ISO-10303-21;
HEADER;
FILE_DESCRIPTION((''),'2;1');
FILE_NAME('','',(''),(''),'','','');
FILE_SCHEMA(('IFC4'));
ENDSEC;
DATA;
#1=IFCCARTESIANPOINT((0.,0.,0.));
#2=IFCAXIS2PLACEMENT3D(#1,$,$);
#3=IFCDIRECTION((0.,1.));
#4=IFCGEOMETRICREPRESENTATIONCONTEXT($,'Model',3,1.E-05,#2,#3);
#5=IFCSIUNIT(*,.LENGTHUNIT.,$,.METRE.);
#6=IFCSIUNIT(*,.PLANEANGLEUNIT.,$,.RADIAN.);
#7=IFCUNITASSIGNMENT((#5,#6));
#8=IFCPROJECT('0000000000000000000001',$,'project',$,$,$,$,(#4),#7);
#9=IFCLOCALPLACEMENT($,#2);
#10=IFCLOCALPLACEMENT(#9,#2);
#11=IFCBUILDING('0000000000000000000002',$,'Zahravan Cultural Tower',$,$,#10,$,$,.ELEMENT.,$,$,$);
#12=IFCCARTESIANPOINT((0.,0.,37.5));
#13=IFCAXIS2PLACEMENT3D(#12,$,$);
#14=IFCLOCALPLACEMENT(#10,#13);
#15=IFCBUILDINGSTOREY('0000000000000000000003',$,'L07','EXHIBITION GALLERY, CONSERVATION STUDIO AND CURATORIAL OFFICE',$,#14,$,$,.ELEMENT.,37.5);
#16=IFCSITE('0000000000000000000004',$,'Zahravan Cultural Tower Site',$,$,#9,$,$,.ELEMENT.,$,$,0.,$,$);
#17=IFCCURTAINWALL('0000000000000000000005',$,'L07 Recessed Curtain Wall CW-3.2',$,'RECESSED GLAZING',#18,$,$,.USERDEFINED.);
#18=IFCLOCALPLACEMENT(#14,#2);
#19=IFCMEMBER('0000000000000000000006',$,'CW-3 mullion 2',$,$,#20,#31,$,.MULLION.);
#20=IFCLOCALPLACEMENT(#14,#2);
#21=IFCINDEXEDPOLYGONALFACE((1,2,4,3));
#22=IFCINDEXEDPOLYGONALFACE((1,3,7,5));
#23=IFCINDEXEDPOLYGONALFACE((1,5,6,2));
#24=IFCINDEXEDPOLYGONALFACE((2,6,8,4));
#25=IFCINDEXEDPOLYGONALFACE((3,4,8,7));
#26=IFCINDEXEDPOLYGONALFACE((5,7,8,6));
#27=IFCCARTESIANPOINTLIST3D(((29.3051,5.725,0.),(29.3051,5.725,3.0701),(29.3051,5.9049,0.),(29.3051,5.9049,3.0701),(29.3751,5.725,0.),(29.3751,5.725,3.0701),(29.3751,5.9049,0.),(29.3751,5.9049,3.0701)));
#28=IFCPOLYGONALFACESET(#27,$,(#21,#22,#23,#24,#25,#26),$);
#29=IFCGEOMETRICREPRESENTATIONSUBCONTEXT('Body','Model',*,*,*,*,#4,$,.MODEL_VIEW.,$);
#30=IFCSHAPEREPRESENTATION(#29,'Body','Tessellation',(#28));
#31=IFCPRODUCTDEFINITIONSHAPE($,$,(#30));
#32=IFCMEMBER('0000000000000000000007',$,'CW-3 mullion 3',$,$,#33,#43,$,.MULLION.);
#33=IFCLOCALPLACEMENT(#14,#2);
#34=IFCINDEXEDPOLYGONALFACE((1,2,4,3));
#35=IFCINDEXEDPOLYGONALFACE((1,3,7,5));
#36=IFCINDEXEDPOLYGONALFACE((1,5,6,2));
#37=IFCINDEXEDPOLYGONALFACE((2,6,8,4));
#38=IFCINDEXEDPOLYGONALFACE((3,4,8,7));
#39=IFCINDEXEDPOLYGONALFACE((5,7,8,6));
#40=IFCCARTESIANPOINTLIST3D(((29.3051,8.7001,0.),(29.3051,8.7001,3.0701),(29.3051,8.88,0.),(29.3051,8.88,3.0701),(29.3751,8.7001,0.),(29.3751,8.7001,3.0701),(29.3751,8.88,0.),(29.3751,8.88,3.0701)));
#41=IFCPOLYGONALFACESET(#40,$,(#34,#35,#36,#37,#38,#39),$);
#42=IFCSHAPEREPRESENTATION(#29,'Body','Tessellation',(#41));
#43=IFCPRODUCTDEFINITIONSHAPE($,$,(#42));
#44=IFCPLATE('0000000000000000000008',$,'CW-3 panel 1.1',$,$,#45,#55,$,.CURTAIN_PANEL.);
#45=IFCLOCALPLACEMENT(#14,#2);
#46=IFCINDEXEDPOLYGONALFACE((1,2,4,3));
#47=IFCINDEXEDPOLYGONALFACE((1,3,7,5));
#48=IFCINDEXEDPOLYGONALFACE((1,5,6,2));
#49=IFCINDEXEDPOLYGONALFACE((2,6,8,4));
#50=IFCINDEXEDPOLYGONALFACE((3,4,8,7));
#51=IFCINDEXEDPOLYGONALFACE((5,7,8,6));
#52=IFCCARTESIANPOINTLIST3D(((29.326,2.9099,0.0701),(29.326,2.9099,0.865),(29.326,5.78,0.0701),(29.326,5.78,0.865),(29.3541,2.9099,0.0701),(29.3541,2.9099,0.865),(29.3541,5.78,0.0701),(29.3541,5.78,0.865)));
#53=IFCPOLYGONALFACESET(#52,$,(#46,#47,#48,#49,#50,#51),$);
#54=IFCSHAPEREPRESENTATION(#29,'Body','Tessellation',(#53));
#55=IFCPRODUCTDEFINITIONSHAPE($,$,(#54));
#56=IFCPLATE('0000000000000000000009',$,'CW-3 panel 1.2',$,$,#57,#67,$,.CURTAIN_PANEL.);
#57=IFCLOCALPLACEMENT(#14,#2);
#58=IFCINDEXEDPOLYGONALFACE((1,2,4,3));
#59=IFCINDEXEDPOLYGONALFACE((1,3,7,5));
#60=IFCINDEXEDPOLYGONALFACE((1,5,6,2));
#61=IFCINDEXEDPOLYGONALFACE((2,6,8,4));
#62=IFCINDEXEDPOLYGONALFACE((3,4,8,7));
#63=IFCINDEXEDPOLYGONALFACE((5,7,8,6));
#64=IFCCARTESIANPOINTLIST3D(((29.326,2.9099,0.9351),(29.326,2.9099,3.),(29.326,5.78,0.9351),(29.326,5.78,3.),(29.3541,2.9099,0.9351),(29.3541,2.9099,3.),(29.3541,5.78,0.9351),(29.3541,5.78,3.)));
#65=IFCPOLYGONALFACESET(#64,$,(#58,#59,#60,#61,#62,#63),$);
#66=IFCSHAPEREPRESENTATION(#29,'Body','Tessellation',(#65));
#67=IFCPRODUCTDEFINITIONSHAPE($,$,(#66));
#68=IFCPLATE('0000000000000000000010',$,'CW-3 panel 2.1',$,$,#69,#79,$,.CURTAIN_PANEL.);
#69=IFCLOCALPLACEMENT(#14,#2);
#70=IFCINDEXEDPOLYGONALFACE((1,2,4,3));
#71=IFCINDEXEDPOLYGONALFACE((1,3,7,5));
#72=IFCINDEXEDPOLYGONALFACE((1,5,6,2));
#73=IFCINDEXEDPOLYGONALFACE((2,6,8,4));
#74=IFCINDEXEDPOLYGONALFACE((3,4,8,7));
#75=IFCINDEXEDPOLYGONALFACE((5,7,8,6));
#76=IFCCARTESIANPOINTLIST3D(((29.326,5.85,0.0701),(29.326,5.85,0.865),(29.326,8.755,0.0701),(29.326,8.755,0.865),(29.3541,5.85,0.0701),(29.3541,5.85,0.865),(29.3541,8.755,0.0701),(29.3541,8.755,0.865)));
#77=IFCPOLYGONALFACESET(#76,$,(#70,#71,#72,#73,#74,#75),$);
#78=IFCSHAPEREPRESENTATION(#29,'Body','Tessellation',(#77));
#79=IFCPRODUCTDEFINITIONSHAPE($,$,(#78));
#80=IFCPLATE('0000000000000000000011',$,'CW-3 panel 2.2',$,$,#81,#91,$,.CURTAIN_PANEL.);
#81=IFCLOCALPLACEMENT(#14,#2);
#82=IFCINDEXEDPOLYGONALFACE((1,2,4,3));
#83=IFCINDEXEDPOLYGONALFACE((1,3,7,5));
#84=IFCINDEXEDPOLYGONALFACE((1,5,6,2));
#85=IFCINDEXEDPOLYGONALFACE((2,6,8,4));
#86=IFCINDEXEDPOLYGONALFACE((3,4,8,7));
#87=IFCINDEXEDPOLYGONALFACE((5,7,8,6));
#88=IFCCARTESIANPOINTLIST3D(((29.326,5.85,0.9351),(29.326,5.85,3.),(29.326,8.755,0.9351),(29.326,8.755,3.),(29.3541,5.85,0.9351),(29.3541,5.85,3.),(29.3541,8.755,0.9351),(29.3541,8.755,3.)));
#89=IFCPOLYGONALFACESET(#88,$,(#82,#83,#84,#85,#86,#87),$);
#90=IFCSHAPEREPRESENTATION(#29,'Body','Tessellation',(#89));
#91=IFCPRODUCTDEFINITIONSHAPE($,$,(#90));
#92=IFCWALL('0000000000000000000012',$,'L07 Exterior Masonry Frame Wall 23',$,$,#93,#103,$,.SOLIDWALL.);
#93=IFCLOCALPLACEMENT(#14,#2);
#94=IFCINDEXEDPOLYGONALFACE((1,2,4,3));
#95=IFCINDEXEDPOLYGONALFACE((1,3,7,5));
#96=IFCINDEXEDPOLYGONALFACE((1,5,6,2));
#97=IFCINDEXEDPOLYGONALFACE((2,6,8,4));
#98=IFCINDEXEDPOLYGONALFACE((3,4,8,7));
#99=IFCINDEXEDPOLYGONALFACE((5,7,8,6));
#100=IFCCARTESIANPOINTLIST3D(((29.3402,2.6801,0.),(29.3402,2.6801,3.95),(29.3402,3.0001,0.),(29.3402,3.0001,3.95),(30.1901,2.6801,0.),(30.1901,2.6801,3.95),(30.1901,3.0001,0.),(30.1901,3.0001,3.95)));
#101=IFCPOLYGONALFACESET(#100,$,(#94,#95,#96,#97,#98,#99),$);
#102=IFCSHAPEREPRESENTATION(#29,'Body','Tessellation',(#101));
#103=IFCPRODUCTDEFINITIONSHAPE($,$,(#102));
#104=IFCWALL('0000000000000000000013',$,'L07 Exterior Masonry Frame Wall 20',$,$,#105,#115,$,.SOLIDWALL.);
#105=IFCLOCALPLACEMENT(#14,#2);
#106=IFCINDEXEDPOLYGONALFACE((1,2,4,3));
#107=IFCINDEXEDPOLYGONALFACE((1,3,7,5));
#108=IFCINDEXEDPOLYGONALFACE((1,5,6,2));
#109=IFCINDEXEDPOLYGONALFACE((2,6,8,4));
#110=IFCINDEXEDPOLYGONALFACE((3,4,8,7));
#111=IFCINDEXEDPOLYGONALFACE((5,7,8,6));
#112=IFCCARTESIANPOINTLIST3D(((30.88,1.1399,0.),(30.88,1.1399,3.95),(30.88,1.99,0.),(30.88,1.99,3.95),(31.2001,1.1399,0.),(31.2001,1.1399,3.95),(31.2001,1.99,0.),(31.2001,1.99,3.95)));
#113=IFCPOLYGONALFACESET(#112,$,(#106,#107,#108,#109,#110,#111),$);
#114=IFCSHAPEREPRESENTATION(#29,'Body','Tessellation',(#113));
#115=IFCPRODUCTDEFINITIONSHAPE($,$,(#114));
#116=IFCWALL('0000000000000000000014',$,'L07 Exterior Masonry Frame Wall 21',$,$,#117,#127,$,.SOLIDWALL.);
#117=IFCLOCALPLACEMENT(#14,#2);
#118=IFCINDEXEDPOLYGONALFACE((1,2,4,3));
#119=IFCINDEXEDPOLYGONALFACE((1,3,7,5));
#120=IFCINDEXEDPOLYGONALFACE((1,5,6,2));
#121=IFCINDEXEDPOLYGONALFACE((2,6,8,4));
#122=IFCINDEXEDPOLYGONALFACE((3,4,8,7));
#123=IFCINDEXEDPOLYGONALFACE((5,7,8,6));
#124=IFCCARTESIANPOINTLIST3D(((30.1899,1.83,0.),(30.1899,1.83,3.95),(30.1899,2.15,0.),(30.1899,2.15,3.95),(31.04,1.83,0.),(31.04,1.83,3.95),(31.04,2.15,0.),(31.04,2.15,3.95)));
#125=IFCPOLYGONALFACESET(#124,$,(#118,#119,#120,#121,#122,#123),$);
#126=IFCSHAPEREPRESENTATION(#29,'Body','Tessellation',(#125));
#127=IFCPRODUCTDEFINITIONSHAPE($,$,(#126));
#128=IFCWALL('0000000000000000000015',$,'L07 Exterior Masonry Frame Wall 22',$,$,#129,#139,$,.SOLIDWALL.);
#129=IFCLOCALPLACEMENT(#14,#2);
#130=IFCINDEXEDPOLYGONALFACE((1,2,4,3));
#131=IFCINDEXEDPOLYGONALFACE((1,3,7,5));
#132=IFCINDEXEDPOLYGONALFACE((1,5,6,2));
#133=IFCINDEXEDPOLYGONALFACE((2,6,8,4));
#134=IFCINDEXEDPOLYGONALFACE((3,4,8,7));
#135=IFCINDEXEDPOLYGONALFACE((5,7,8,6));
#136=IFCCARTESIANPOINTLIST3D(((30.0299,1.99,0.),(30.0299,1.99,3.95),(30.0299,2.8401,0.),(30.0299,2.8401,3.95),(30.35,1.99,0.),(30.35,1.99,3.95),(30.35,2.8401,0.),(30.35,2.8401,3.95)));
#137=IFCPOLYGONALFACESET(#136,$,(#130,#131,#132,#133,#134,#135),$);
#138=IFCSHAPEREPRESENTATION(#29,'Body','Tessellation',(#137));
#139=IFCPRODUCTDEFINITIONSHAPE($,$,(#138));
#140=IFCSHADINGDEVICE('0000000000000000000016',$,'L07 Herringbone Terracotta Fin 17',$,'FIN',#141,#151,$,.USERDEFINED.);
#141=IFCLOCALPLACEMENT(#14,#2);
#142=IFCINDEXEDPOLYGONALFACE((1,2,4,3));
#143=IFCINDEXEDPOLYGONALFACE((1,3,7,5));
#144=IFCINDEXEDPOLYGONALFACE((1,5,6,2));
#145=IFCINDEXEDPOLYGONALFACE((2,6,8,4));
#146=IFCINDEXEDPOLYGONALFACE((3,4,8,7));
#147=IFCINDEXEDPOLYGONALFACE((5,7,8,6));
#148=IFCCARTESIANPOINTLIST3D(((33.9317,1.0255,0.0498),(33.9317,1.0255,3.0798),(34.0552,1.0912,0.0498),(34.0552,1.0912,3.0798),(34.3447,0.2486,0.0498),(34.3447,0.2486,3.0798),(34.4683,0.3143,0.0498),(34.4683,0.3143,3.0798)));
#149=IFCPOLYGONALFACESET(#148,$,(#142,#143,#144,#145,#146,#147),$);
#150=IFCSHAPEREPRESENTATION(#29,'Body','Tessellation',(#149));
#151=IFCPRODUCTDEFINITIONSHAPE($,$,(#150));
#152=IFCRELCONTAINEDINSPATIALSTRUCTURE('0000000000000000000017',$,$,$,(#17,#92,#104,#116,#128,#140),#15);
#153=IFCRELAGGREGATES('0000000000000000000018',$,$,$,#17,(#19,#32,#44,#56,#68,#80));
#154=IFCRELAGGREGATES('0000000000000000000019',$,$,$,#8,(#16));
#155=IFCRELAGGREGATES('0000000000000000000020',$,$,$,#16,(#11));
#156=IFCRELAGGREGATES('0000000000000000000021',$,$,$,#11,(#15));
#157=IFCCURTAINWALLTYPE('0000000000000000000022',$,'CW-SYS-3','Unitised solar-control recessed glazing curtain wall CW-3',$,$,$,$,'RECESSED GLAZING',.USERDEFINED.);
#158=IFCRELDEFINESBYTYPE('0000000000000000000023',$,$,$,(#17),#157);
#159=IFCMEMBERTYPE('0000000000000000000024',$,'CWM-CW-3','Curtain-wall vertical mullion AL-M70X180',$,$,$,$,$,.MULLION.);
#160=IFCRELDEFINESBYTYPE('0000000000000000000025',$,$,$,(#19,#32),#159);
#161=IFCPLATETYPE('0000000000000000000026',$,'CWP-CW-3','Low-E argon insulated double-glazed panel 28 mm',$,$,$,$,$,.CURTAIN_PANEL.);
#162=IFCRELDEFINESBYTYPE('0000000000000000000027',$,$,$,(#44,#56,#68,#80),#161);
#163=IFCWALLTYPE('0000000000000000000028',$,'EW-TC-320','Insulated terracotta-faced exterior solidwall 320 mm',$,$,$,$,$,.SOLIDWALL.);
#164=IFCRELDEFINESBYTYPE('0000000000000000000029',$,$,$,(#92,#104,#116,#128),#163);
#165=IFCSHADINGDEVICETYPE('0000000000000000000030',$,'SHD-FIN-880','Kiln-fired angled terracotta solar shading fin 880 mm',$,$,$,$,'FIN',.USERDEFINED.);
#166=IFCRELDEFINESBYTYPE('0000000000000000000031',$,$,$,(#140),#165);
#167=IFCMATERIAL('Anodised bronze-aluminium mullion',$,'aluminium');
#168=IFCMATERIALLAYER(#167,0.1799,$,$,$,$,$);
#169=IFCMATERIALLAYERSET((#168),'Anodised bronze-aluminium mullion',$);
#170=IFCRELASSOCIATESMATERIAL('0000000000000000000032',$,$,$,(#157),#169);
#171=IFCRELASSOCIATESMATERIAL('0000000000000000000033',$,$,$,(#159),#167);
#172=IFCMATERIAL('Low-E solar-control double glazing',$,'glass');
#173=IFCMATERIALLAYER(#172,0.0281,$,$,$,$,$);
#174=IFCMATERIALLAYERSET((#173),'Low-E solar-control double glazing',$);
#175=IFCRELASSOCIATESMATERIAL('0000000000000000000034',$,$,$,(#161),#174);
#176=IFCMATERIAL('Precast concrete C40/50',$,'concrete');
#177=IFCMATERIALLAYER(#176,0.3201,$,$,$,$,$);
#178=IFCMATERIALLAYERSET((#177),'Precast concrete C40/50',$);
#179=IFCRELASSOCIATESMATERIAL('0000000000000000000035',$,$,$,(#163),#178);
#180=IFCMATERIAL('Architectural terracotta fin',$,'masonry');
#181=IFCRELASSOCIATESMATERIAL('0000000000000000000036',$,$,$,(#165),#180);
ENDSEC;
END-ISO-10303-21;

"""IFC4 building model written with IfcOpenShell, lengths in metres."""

from ifc_helpers import new_model, si_unit, direction, frame, frame_2d, origin, origin_2d, place, context, subcontext, project, spatial, rectangle, extrude, source, transform, mapped, material, layer, layer_set, material_profile, profile_set, type_object, element, aggregate, save


model = new_model("IFC4")

# Units and contexts
model_context = context("Model", 3, precision=1e-05, world=origin(), true_north=direction((0.0, 1.0)))
body_context = subcontext(model_context, "Body", "Model", "MODEL_VIEW")
ifc_project = project(units=[si_unit("LENGTHUNIT", "METRE"), si_unit("PLANEANGLEUNIT", "RADIAN")], contexts=[model_context])

# Site, building, storey
site_placement = place(None, origin())
site = spatial("IfcSite", under=ifc_project, at=site_placement, Name="Zahravan Cultural Tower Site", CompositionType="ELEMENT", RefElevation=0.0)
building_placement = place(site_placement, origin())
building = spatial("IfcBuilding", under=site, at=building_placement, Name="Zahravan Cultural Tower", CompositionType="ELEMENT")
storey_placement = place(building_placement, frame((0.0, 0.0, 37.5)))
storey = spatial("IfcBuildingStorey", under=building, at=storey_placement, Name="L07", Description="EXHIBITION GALLERY, CONSERVATION STUDIO AND CURATORIAL OFFICE", CompositionType="ELEMENT", Elevation=37.5)

# Curtain wall, members, plates
ifc_material_1 = material(Name="Anodised bronze-aluminium mullion", Category="aluminium")
ifc_layer_1 = layer(ifc_material_1, 0.1799)
ifc_layer_set_1 = layer_set([ifc_layer_1], Name="Anodised bronze-aluminium mullion")
curtain_wall_type = type_object("IfcCurtainWallType", Name="CW-SYS-3", Description="Unitised solar-control recessed glazing curtain wall CW-3", ElementType="RECESSED GLAZING", PredefinedType="USERDEFINED", material=ifc_layer_set_1)
curtain_wall_placement = place(storey_placement, origin())
curtain_wall = element("IfcCurtainWall", 1, at=curtain_wall_placement, inside=storey, type_object=curtain_wall_type, Name="L07 Recessed Curtain Wall CW-3.2", ObjectType="RECESSED GLAZING", PredefinedType="USERDEFINED")
ifc_material_profile_1 = material_profile(ifc_material_1, rectangle(XDim=0.0701, YDim=0.1799, at=origin_2d()), Name="AL-M70X180")
ifc_profile_set_1 = profile_set([ifc_material_profile_1], Name="Anodised bronze-aluminium mullion")
member_type_1 = type_object("IfcMemberType", Name="CWM-CW-3", Description="Curtain-wall vertical mullion AL-M70X180", PredefinedType="MULLION", material=ifc_profile_set_1)
shared_shape_1 = source(origin(), body_context, "Body", "SweptSolid", [
    extrude(rectangle(XDim=0.0701, YDim=0.1799, at=origin_2d()), origin(), (0.0, 0.0, 1.0), 3.0701),
])
member_1_placement = place(storey_placement, frame((29.3401, 5.8149, 0.0), z_axis=(0.0, 0.0, 1.0), x_axis=(-1.0, 0.0, 0.0)))
member_1 = element("IfcMember", 2, at=member_1_placement, type_object=member_type_1, Name="CW-3 mullion 2", PredefinedType="MULLION", context=body_context, shape_type="MappedRepresentation", body=[
    mapped(shared_shape_1, transform((0.0, 0.0, 0.0), x_axis=(1.0, 0.0, 0.0), y_axis=(0.0, 1.0, 0.0), z_axis=(0.0, 0.0, 1.0), scale=1.0)),
])
member_2_placement = place(storey_placement, frame((29.3401, 8.79, 0.0), z_axis=(0.0, 0.0, 1.0), x_axis=(-1.0, 0.0, 0.0)))
member_2 = element("IfcMember", 3, at=member_2_placement, type_object=member_type_1, Name="CW-3 mullion 3", PredefinedType="MULLION", context=body_context, shape_type="MappedRepresentation", body=[
    mapped(shared_shape_1, transform((0.0, 0.0, 0.0), x_axis=(1.0, 0.0, 0.0), y_axis=(0.0, 1.0, 0.0), z_axis=(0.0, 0.0, 1.0), scale=1.0)),
])
ifc_material_2 = material(Name="Low-E solar-control double glazing", Category="glass")
ifc_layer_2 = layer(ifc_material_2, 0.0281)
ifc_layer_set_2 = layer_set([ifc_layer_2], Name="Low-E solar-control double glazing")
plate_type = type_object("IfcPlateType", Name="CWP-CW-3", Description="Low-E argon insulated double-glazed panel 28 mm", PredefinedType="CURTAIN_PANEL", material=ifc_layer_set_2)
shared_shape_2 = source(origin(), body_context, "Body", "SweptSolid", [
    extrude(rectangle(XDim=2.8701, YDim=0.0281, at=origin_2d()), origin(), (0.0, 0.0, 1.0), 0.7949),
])
plate_1_placement = place(storey_placement, frame((29.3401, 4.345, 0.0701), z_axis=(0.0, 0.0, 1.0), x_axis=(0.0, 1.0, 0.0)))
plate_1 = element("IfcPlate", 4, at=plate_1_placement, type_object=plate_type, Name="CW-3 panel 1.1", PredefinedType="CURTAIN_PANEL", context=body_context, shape_type="MappedRepresentation", body=[
    mapped(shared_shape_2, transform((0.0, 0.0, 0.0), x_axis=(1.0, 0.0, 0.0), y_axis=(0.0, 1.0, 0.0), z_axis=(0.0, 0.0, 1.0), scale=1.0)),
])
shared_shape_3 = source(origin(), body_context, "Body", "SweptSolid", [
    extrude(rectangle(XDim=2.8701, YDim=0.0281, at=origin_2d()), origin(), (0.0, 0.0, 1.0), 2.0649),
])
plate_2_placement = place(storey_placement, frame((29.3401, 4.345, 0.9351), z_axis=(0.0, 0.0, 1.0), x_axis=(0.0, 1.0, 0.0)))
plate_2 = element("IfcPlate", 5, at=plate_2_placement, type_object=plate_type, Name="CW-3 panel 1.2", PredefinedType="CURTAIN_PANEL", context=body_context, shape_type="MappedRepresentation", body=[
    mapped(shared_shape_3, transform((0.0, 0.0, 0.0), x_axis=(1.0, 0.0, 0.0), y_axis=(0.0, 1.0, 0.0), z_axis=(0.0, 0.0, 1.0), scale=1.0)),
])
shared_shape_4 = source(origin(), body_context, "Body", "SweptSolid", [
    extrude(rectangle(XDim=2.905, YDim=0.0281, at=origin_2d()), origin(), (0.0, 0.0, 1.0), 0.7949),
])
plate_3_placement = place(storey_placement, frame((29.3401, 7.3025, 0.0701), z_axis=(0.0, 0.0, 1.0), x_axis=(0.0, 1.0, 0.0)))
plate_3 = element("IfcPlate", 6, at=plate_3_placement, type_object=plate_type, Name="CW-3 panel 2.1", PredefinedType="CURTAIN_PANEL", context=body_context, shape_type="MappedRepresentation", body=[
    mapped(shared_shape_4, transform((0.0, 0.0, 0.0), x_axis=(1.0, 0.0, 0.0), y_axis=(0.0, 1.0, 0.0), z_axis=(0.0, 0.0, 1.0), scale=1.0)),
])
shared_shape_5 = source(origin(), body_context, "Body", "SweptSolid", [
    extrude(rectangle(XDim=2.905, YDim=0.0281, at=origin_2d()), origin(), (0.0, 0.0, 1.0), 2.0649),
])
plate_4_placement = place(storey_placement, frame((29.3401, 7.3025, 0.9351), z_axis=(0.0, 0.0, 1.0), x_axis=(0.0, 1.0, 0.0)))
plate_4 = element("IfcPlate", 7, at=plate_4_placement, type_object=plate_type, Name="CW-3 panel 2.2", PredefinedType="CURTAIN_PANEL", context=body_context, shape_type="MappedRepresentation", body=[
    mapped(shared_shape_5, transform((0.0, 0.0, 0.0), x_axis=(1.0, 0.0, 0.0), y_axis=(0.0, 1.0, 0.0), z_axis=(0.0, 0.0, 1.0), scale=1.0)),
])
aggregate(curtain_wall, [member_1, member_2, plate_1, plate_2, plate_3, plate_4])

# Walls
ifc_material_3 = material(Name="Precast concrete C40/50", Category="concrete")
ifc_layer_3 = layer(ifc_material_3, 0.3201)
ifc_layer_set_3 = layer_set([ifc_layer_3], Name="Precast concrete C40/50")
wall_type = type_object("IfcWallType", Name="EW-TC-320", Description="Insulated terracotta-faced exterior solidwall 320 mm", PredefinedType="SOLIDWALL", material=ifc_layer_set_3)
shared_shape_6 = source(origin(), body_context, "Body", "SweptSolid", [
    extrude(rectangle(XDim=0.8499, YDim=0.3201, at=frame_2d((0.4248, 0.0))), origin(), (0.0, 0.0, 1.0), 3.95),
])
wall_placement = place(storey_placement, frame((30.1899, 2.8401, 0.0), z_axis=(0.0, 0.0, 1.0), x_axis=(-1.0, 0.0, 0.0)))
element("IfcWall", 8, at=wall_placement, inside=storey, type_object=wall_type, Name="L07 Exterior Masonry Frame Wall 23", PredefinedType="SOLIDWALL", context=body_context, shape_type="MappedRepresentation", body=[
    mapped(shared_shape_6, transform((0.0, 0.0, 0.0), x_axis=(1.0, 0.0, 0.0), y_axis=(0.0, 1.0, 0.0), z_axis=(0.0, 0.0, 1.0), scale=1.0)),
])
shared_shape_7 = source(origin(), body_context, "Body", "SweptSolid", [
    extrude(rectangle(XDim=0.8501, YDim=0.3201, at=frame_2d((0.425, 0.0))), origin(), (0.0, 0.0, 1.0), 3.95),
])
for number, where, z_axis, x_axis, name in (
    (9, (31.04, 1.1399, 0.0), (0.0, 0.0, 1.0), (0.0, 1.0, 0.0), "L07 Exterior Masonry Frame Wall 20"),
    (10, (31.04, 1.99, 0.0), (0.0, 0.0, 1.0), (-1.0, 0.0, 0.0), "L07 Exterior Masonry Frame Wall 21"),
    (11, (30.1899, 1.99, 0.0), (0.0, 0.0, 1.0), (0.0, 1.0, 0.0), "L07 Exterior Masonry Frame Wall 22"),
):
    element("IfcWall", number, at=place(storey_placement, frame(where, z_axis=z_axis, x_axis=x_axis)), inside=storey, type_object=wall_type, Name=name, PredefinedType="SOLIDWALL", context=body_context, shape_type="MappedRepresentation", body=[
        mapped(shared_shape_7, transform((0.0, 0.0, 0.0), x_axis=(1.0, 0.0, 0.0), y_axis=(0.0, 1.0, 0.0), z_axis=(0.0, 0.0, 1.0), scale=1.0)),
    ])

# Shading device
ifc_material_4 = material(Name="Architectural terracotta fin", Category="masonry")
shading_device_type = type_object("IfcShadingDeviceType", Name="SHD-FIN-880", Description="Kiln-fired angled terracotta solar shading fin 880 mm", ElementType="FIN", PredefinedType="USERDEFINED", material=ifc_material_4)
shared_shape_8 = source(origin(), body_context, "Body", "SweptSolid", [
    extrude(rectangle(XDim=0.8799, YDim=0.1399, at=origin_2d()), origin(), (0.0, 0.0, 1.0), 3.03),
])
shading_device_placement = place(storey_placement, frame((34.2, 0.6699, 0.0498), z_axis=(0.0, 0.0, 1.0), x_axis=(0.469472, -0.882948, 0.0)))
element("IfcShadingDevice", 12, at=shading_device_placement, inside=storey, type_object=shading_device_type, Name="L07 Herringbone Terracotta Fin 17", ObjectType="FIN", PredefinedType="USERDEFINED", context=body_context, shape_type="MappedRepresentation", body=[
    mapped(shared_shape_8, transform((0.0, 0.0, 0.0), x_axis=(1.0, 0.0, 0.0), y_axis=(0.0, 1.0, 0.0), z_axis=(0.0, 0.0, 1.0), scale=1.0)),
])

save(model, "model.ifc")
